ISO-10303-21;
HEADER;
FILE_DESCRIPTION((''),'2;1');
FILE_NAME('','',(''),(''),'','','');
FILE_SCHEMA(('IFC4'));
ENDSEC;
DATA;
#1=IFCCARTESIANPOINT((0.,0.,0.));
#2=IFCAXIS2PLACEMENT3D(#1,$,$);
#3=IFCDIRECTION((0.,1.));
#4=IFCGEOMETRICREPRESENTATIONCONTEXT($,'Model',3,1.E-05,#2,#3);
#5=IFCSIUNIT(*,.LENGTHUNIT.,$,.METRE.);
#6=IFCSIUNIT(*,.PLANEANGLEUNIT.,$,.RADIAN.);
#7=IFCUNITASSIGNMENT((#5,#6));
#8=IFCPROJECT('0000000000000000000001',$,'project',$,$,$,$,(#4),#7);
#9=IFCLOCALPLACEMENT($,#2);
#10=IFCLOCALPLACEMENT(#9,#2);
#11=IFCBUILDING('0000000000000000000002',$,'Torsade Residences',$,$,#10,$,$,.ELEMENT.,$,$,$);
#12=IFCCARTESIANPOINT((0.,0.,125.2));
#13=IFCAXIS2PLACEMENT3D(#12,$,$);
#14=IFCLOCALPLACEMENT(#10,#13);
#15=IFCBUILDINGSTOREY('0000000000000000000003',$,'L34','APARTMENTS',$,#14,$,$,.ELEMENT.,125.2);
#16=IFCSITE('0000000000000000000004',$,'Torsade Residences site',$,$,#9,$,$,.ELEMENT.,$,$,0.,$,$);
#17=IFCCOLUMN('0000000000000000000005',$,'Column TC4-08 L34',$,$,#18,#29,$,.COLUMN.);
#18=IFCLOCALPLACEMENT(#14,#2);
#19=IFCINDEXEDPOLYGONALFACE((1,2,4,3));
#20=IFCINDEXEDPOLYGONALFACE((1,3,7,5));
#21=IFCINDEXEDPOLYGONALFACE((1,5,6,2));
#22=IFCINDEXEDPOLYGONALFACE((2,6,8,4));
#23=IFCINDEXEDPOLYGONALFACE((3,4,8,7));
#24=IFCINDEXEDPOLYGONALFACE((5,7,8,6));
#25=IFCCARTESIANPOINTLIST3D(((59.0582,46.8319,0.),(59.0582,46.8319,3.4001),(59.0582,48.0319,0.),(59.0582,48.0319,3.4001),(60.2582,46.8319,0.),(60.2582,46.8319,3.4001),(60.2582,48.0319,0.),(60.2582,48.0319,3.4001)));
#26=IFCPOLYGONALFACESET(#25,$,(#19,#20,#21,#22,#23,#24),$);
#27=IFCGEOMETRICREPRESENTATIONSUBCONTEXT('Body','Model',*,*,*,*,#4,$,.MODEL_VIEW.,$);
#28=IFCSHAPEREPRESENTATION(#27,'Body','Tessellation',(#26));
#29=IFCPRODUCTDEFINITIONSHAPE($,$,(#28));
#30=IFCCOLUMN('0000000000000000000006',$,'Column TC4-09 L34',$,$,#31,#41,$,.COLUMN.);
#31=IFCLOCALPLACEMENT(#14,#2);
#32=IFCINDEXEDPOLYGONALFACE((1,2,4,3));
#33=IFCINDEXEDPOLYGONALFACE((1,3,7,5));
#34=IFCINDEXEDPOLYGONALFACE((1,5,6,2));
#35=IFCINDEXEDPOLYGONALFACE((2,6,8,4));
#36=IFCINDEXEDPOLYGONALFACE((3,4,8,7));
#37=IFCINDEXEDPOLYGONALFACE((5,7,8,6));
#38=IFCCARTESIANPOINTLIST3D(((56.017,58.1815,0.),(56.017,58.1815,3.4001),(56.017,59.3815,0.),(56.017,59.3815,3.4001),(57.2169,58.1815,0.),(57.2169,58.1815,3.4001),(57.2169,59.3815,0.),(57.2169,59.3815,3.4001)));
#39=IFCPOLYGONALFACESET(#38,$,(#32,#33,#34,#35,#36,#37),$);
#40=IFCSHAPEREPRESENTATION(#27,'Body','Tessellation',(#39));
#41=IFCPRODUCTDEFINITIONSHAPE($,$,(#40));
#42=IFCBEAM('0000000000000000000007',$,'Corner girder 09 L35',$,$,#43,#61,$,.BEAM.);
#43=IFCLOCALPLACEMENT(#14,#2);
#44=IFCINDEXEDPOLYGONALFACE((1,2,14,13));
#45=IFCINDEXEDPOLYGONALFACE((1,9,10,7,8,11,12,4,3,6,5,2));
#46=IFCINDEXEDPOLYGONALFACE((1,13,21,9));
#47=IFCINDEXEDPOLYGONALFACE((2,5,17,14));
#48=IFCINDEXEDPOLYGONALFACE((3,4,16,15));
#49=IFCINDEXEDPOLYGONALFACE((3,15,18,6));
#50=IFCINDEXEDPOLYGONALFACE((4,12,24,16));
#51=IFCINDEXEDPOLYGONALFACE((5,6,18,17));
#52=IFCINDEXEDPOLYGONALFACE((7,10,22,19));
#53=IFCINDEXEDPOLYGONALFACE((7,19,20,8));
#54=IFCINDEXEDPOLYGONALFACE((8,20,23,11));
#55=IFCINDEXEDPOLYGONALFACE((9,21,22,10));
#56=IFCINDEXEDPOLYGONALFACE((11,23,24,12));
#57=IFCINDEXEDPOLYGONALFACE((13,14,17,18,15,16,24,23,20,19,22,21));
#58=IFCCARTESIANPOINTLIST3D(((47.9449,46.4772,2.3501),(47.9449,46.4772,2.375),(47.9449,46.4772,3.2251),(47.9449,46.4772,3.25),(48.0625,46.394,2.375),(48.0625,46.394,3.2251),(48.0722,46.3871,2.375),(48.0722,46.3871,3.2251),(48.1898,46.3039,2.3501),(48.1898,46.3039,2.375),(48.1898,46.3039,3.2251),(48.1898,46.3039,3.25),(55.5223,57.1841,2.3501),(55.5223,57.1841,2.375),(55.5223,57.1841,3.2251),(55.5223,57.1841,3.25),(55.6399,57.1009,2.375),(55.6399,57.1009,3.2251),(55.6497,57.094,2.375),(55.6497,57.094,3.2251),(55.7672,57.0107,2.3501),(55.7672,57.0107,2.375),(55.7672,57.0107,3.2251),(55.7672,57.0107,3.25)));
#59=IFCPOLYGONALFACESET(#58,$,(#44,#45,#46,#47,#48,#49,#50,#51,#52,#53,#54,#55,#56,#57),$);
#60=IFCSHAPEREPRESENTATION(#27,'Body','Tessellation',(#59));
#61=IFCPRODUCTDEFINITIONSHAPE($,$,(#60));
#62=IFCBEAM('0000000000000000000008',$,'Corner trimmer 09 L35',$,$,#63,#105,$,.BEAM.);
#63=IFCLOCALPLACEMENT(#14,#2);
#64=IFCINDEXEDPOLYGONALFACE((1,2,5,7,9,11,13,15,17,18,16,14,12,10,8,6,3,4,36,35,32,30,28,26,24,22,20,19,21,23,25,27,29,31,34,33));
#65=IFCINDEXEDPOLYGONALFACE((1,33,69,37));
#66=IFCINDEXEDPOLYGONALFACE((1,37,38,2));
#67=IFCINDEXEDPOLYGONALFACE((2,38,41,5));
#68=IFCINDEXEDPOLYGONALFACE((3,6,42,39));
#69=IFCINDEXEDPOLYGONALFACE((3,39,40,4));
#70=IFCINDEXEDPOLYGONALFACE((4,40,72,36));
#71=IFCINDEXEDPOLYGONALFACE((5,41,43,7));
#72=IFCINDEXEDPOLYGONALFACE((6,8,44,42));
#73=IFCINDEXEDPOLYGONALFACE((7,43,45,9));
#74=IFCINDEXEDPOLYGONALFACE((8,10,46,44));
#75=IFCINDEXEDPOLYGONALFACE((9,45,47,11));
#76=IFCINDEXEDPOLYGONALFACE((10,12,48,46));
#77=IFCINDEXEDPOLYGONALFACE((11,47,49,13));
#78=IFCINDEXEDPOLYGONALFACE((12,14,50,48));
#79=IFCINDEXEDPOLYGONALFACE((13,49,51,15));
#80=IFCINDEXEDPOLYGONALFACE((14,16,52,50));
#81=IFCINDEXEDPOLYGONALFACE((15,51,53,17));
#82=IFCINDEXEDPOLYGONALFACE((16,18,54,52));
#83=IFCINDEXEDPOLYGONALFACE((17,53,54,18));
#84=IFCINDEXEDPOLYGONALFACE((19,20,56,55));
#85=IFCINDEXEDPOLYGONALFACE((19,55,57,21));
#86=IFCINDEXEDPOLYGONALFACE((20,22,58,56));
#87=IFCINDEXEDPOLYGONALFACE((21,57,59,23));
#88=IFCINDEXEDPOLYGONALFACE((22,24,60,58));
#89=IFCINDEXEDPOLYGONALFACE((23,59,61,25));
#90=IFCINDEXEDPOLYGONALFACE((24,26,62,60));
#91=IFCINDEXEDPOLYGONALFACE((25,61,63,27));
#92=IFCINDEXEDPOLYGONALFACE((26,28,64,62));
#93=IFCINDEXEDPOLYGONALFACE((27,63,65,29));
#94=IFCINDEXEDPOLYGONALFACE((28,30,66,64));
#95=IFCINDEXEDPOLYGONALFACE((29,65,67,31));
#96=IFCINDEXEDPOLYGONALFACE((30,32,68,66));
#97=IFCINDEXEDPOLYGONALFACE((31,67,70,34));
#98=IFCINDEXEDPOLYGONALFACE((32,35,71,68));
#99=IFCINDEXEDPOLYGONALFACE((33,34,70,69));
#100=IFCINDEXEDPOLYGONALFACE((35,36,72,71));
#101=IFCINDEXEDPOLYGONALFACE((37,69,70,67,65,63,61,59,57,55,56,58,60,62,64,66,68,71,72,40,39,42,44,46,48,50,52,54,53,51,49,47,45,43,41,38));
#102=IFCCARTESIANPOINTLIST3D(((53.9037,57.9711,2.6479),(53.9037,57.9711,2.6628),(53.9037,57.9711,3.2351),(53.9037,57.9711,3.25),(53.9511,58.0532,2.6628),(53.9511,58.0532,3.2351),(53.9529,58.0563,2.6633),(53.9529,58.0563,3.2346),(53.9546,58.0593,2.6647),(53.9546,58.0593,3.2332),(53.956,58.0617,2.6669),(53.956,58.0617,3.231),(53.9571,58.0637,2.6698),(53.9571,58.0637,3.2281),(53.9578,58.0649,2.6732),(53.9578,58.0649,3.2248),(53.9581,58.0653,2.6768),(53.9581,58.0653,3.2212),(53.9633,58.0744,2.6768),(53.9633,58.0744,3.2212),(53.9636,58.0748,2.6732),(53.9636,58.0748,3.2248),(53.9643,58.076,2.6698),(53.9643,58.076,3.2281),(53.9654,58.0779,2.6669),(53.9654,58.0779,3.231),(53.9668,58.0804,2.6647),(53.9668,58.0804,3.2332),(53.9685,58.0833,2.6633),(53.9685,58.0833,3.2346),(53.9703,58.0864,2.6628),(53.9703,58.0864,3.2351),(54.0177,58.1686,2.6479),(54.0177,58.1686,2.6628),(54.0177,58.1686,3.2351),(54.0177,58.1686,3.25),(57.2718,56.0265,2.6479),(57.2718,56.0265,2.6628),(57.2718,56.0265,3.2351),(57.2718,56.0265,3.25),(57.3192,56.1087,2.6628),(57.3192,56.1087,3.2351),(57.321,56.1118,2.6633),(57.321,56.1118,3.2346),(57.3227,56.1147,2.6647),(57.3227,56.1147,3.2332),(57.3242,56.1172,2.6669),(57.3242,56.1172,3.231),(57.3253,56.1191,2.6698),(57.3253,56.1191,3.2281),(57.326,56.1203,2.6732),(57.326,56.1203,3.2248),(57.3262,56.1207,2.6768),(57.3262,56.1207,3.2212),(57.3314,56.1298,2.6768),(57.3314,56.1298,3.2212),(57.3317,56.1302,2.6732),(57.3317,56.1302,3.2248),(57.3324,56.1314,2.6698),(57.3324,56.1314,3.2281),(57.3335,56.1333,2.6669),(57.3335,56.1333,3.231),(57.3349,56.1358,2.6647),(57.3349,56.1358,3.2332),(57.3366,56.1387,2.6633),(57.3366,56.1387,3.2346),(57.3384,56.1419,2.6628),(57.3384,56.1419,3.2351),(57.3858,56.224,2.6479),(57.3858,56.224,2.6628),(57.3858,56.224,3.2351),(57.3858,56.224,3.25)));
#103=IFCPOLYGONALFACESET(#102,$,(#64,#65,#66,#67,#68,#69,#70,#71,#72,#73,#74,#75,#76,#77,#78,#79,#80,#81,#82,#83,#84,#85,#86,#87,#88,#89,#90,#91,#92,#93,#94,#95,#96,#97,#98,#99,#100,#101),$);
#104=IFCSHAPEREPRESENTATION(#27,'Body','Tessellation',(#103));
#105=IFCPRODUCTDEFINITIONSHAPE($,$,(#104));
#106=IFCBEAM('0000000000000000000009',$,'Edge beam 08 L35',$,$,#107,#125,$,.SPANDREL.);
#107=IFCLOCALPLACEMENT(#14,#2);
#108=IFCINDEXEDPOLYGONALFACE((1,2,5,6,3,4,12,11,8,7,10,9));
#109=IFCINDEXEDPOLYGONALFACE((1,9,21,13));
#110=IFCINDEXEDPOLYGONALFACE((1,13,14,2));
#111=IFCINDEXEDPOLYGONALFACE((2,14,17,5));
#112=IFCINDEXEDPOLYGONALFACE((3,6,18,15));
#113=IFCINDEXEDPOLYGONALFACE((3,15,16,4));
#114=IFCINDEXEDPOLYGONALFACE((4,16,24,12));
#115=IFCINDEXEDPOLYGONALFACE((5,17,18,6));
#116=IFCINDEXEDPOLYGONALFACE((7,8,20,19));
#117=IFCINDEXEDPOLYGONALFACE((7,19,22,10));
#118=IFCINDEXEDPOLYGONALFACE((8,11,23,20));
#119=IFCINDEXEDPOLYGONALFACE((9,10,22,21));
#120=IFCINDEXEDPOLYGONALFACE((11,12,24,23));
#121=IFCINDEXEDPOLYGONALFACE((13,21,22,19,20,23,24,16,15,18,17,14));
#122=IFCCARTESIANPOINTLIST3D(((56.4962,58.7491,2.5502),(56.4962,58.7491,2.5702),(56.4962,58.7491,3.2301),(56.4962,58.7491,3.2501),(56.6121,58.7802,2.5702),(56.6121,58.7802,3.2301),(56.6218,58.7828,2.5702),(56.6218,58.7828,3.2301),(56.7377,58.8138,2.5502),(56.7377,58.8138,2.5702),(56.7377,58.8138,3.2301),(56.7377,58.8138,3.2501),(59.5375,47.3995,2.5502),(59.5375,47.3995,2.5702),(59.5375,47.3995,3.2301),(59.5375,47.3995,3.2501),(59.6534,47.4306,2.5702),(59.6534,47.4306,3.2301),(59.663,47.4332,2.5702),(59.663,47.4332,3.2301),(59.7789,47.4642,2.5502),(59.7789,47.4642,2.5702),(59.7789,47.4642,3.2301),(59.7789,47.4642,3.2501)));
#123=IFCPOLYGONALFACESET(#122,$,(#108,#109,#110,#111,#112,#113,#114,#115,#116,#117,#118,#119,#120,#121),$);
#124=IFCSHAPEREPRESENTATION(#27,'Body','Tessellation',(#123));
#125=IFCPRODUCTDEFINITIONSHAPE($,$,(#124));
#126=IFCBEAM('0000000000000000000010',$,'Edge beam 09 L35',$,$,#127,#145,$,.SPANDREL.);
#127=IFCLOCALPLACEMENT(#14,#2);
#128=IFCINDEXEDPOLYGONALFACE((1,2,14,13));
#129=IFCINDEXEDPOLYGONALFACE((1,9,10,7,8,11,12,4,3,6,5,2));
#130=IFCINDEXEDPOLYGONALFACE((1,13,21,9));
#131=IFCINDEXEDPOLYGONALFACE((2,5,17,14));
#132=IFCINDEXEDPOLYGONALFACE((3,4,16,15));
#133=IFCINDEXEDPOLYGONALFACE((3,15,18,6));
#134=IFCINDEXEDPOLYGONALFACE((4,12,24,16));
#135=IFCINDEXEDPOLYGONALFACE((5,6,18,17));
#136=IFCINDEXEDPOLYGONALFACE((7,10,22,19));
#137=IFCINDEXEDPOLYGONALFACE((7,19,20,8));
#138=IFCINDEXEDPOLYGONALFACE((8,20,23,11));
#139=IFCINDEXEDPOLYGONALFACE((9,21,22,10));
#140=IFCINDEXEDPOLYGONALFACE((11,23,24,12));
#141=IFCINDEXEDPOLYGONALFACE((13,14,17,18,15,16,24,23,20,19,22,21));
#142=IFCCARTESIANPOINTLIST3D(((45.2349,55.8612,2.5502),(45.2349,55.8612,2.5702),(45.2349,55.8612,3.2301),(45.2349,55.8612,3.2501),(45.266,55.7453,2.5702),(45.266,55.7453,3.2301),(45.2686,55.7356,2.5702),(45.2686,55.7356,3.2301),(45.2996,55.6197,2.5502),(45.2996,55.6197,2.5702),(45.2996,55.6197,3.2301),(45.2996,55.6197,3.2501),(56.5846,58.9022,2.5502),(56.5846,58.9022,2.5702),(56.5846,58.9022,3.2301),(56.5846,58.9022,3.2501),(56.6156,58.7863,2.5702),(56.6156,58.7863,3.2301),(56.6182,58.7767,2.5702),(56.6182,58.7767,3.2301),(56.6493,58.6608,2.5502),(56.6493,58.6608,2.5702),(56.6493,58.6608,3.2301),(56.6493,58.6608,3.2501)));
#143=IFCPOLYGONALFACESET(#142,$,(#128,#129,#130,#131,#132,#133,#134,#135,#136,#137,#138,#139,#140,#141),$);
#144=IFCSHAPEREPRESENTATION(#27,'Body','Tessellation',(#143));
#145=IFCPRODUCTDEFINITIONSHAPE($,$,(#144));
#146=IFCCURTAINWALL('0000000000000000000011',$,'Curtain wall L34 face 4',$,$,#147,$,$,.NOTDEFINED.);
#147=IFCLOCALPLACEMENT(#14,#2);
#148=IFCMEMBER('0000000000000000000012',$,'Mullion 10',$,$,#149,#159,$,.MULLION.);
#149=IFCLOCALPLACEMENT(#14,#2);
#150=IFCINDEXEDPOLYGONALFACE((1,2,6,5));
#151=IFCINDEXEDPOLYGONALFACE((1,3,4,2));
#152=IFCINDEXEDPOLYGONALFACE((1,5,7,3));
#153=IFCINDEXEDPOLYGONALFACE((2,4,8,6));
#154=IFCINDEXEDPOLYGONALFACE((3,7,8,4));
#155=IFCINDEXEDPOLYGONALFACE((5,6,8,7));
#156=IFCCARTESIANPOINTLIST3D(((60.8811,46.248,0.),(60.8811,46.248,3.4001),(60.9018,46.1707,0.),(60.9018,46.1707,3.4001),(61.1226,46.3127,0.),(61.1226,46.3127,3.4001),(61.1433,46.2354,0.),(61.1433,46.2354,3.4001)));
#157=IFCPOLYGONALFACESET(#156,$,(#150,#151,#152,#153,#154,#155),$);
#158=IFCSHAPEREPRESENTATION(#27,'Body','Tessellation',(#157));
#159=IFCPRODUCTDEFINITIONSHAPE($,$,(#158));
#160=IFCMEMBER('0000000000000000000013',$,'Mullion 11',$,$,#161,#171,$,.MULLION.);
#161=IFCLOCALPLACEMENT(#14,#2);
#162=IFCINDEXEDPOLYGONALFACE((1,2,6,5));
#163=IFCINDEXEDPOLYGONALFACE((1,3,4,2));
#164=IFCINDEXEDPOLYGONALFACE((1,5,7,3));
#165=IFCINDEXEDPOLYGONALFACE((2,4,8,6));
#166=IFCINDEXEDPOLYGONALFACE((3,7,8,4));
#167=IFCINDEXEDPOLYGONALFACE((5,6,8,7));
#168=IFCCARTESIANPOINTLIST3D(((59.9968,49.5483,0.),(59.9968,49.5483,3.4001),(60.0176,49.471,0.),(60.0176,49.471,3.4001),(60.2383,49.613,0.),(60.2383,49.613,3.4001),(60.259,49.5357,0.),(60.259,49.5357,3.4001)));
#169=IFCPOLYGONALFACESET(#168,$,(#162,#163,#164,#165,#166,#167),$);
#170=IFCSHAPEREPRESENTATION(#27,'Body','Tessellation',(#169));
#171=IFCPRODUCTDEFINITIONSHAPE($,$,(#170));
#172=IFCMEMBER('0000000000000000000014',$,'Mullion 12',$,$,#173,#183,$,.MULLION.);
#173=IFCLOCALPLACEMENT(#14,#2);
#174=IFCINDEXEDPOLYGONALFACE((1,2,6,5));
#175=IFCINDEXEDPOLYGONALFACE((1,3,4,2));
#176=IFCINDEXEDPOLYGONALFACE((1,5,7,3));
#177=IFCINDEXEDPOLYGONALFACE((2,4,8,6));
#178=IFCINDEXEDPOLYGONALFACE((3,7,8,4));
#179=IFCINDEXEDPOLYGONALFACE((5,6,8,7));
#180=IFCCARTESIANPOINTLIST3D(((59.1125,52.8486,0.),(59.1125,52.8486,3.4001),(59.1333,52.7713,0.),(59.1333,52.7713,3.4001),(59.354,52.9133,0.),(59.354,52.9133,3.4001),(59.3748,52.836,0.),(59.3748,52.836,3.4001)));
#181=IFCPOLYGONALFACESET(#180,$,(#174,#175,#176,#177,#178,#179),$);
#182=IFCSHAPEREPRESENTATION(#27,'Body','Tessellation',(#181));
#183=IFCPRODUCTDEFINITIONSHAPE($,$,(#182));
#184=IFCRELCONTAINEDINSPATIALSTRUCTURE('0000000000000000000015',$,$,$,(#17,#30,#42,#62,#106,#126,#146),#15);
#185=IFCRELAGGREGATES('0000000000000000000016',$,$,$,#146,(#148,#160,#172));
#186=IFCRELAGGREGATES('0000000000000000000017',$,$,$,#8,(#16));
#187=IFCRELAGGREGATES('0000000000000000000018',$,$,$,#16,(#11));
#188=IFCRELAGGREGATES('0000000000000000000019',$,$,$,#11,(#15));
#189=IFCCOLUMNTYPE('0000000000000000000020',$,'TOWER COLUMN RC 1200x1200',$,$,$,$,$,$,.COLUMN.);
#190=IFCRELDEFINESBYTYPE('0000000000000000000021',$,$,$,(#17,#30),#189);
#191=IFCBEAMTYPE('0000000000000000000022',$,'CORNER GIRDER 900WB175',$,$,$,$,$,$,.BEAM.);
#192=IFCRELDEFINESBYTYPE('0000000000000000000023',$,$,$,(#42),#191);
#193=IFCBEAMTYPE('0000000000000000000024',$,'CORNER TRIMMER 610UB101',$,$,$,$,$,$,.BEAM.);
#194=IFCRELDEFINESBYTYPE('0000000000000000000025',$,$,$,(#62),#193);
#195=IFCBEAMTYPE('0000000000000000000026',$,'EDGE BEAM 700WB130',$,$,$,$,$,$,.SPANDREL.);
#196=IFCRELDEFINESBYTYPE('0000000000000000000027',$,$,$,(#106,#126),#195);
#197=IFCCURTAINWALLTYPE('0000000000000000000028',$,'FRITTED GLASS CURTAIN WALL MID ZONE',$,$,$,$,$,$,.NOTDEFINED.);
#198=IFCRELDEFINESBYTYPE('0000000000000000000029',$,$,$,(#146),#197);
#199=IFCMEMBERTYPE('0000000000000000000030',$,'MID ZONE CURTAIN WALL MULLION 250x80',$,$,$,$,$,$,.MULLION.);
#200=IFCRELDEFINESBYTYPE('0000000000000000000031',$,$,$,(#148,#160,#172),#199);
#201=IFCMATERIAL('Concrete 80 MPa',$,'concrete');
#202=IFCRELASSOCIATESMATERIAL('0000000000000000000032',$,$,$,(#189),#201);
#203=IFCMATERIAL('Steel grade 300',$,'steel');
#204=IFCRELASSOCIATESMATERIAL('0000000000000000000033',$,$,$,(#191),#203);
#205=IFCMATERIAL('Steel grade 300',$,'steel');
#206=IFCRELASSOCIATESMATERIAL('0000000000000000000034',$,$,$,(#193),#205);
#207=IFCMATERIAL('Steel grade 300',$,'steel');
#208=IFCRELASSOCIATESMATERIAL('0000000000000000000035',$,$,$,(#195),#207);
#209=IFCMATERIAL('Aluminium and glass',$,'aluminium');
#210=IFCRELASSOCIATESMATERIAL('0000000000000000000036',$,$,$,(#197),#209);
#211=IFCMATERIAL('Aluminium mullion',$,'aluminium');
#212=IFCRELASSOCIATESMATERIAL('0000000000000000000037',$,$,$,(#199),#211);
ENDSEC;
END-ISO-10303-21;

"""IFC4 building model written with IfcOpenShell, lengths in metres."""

from ifc_helpers import new_model, si_unit, direction, frame, origin, origin_2d, place, context, subcontext, project, spatial, rectangle, i_section, extrude, material, material_profile, profile_set, type_object, element, aggregate, save


model = new_model("IFC4")

# Units and contexts
model_context = context("Model", 3, precision=1e-05, world=origin(), true_north=direction((0.0, 1.0)))
body_context = subcontext(model_context, "Body", "Model", "MODEL_VIEW")
ifc_project = project(units=[si_unit("LENGTHUNIT", "METRE"), si_unit("PLANEANGLEUNIT", "RADIAN")], contexts=[model_context])

# Site, building, storey
site_placement = place(None, origin())
site = spatial("IfcSite", under=ifc_project, at=site_placement, Name="Torsade Residences site", CompositionType="ELEMENT", RefElevation=0.0)
building_placement = place(site_placement, origin())
building = spatial("IfcBuilding", under=site, at=building_placement, Name="Torsade Residences", CompositionType="ELEMENT")
storey_placement = place(building_placement, frame((0.0, 0.0, 125.2)))
storey = spatial("IfcBuildingStorey", under=building, at=storey_placement, Name="L34", Description="APARTMENTS", CompositionType="ELEMENT", Elevation=125.2)

# Columns
ifc_material_1 = material(Name="Concrete 80 MPa", Category="concrete")
ifc_material_profile_1 = material_profile(ifc_material_1, rectangle(XDim=1.2, YDim=1.2, at=origin_2d()), Name="RC 1200x1200")
ifc_profile_set_1 = profile_set([ifc_material_profile_1], Name="Concrete 80 MPa")
column_type = type_object("IfcColumnType", Name="TOWER COLUMN RC 1200x1200", PredefinedType="COLUMN", material=ifc_profile_set_1)
for number, where, z_axis, x_axis, name in (
    (1, (59.6582, 47.4319, 0.0), (0.0, 0.0, 1.0), (1.0, 0.0, 0.0), "Column TC4-08 L34"),
    (2, (56.6169, 58.7815, 0.0), (0.0, 0.0, 1.0), (1.0, 0.0, 0.0), "Column TC4-09 L34"),
):
    element("IfcColumn", number, at=place(storey_placement, frame(where, z_axis=z_axis, x_axis=x_axis)), inside=storey, type_object=column_type, Name=name, PredefinedType="COLUMN", context=body_context, shape_type="SweptSolid", body=[
        extrude(rectangle(XDim=1.2, YDim=1.2, at=origin_2d()), origin(), (0.0, 0.0, 1.0), 3.4001),
    ])

# Beams
ifc_material_2 = material(Name="Steel grade 300", Category="steel")
ifc_material_profile_2 = material_profile(ifc_material_2, i_section(OverallWidth=0.3, OverallDepth=0.8999, WebThickness=0.012, FlangeThickness=0.0249, at=origin_2d()), Name="900WB175")
ifc_profile_set_2 = profile_set([ifc_material_profile_2], Name="Steel grade 300")
beam_type_1 = type_object("IfcBeamType", Name="CORNER GIRDER 900WB175", PredefinedType="BEAM", material=ifc_profile_set_2)
beam_1_placement = place(storey_placement, frame((55.6448, 57.0974, 2.8), z_axis=(-0.577683, -0.816261, 0.0), x_axis=(0.816261, -0.577683, 0.0)))
element("IfcBeam", 3, at=beam_1_placement, inside=storey, type_object=beam_type_1, Name="Corner girder 09 L35", PredefinedType="BEAM", context=body_context, shape_type="SweptSolid", body=[
    extrude(i_section(OverallWidth=0.3, OverallDepth=0.8999, WebThickness=0.012, FlangeThickness=0.0249, at=origin_2d()), origin(), (0.0, 0.0, 1.0), 13.1169),
])
ifc_material_3 = material(Name="Steel grade 300", Category="steel")
ifc_material_profile_3 = material_profile(ifc_material_3, i_section(OverallWidth=0.228, OverallDepth=0.6021, WebThickness=0.0105, FlangeThickness=0.0149, FilletRadius=0.0139, at=origin_2d()), Name="610UB101")
ifc_profile_set_3 = profile_set([ifc_material_profile_3], Name="Steel grade 300")
beam_type_2 = type_object("IfcBeamType", Name="CORNER TRIMMER 610UB101", PredefinedType="BEAM", material=ifc_profile_set_3)
beam_2_placement = place(storey_placement, frame((53.9607, 58.0698, 2.949), z_axis=(0.866029, -0.499994, 0.0), x_axis=(0.499994, 0.866029, 0.0)))
element("IfcBeam", 4, at=beam_2_placement, inside=storey, type_object=beam_type_2, Name="Corner trimmer 09 L35", PredefinedType="BEAM", context=body_context, shape_type="SweptSolid", body=[
    extrude(i_section(OverallWidth=0.228, OverallDepth=0.6021, WebThickness=0.0105, FlangeThickness=0.0149, FilletRadius=0.0139, at=origin_2d()), origin(), (0.0, 0.0, 1.0), 3.8892),
])
ifc_material_4 = material(Name="Steel grade 300", Category="steel")
ifc_material_profile_4 = material_profile(ifc_material_4, i_section(OverallWidth=0.25, OverallDepth=0.7, WebThickness=0.01, FlangeThickness=0.02, at=origin_2d()), Name="700WB130")
ifc_profile_set_4 = profile_set([ifc_material_profile_4], Name="Steel grade 300")
beam_type_3 = type_object("IfcBeamType", Name="EDGE BEAM 700WB130", PredefinedType="SPANDREL", material=ifc_profile_set_4)
for number, where, z_axis, x_axis, name in (
    (5, (59.6582, 47.4319, 2.9001), (-0.25883, 0.965923, 0.0), (-0.965923, -0.25883, 0.0), "Edge beam 08 L35"),
    (6, (56.6169, 58.7815, 2.9001), (-0.965928, -0.258811, 0.0), (0.258811, -0.965928, 0.0), "Edge beam 09 L35"),
):
    element("IfcBeam", number, at=place(storey_placement, frame(where, z_axis=z_axis, x_axis=x_axis)), inside=storey, type_object=beam_type_3, Name=name, PredefinedType="SPANDREL", context=body_context, shape_type="SweptSolid", body=[
        extrude(i_section(OverallWidth=0.25, OverallDepth=0.7, WebThickness=0.01, FlangeThickness=0.02, at=origin_2d()), origin(), (0.0, 0.0, 1.0), 11.75),
    ])

# Curtain wall, members
ifc_material_5 = material(Name="Aluminium and glass", Category="aluminium")
curtain_wall_type = type_object("IfcCurtainWallType", Name="FRITTED GLASS CURTAIN WALL MID ZONE", PredefinedType="NOTDEFINED", material=ifc_material_5)
curtain_wall_1_placement = place(storey_placement, origin())
curtain_wall_1 = element("IfcCurtainWall", 7, at=curtain_wall_1_placement, inside=storey, type_object=curtain_wall_type, Name="Curtain wall L34 face 4", PredefinedType="NOTDEFINED")
ifc_material_6 = material(Name="Aluminium mullion", Category="aluminium")
ifc_material_profile_5 = material_profile(ifc_material_6, rectangle(XDim=0.25, YDim=0.0801, at=origin_2d()), Name="MID ZONE CURTAIN WALL MULLION 250x80")
ifc_profile_set_5 = profile_set([ifc_material_profile_5], Name="Aluminium mullion")
member_type_1 = type_object("IfcMemberType", Name="MID ZONE CURTAIN WALL MULLION 250x80", PredefinedType="MULLION", material=ifc_profile_set_5)
member_1_placement = place(storey_placement, frame((61.0122, 46.2417, 0.0), z_axis=(0.0, 0.0, 1.0), x_axis=(-0.965926, -0.258819, 0.0)))
member_1 = element("IfcMember", 8, at=member_1_placement, type_object=member_type_1, Name="Mullion 10", PredefinedType="MULLION", context=body_context, shape_type="SweptSolid", body=[
    extrude(rectangle(XDim=0.25, YDim=0.0801, at=origin_2d()), origin(), (0.0, 0.0, 1.0), 3.4001),
])
member_2_placement = place(storey_placement, frame((60.1279, 49.542, 0.0), z_axis=(0.0, 0.0, 1.0), x_axis=(-0.965926, -0.258819, 0.0)))
member_2 = element("IfcMember", 9, at=member_2_placement, type_object=member_type_1, Name="Mullion 11", PredefinedType="MULLION", context=body_context, shape_type="SweptSolid", body=[
    extrude(rectangle(XDim=0.25, YDim=0.0801, at=origin_2d()), origin(), (0.0, 0.0, 1.0), 3.4001),
])
member_3_placement = place(storey_placement, frame((59.2437, 52.8423, 0.0), z_axis=(0.0, 0.0, 1.0), x_axis=(-0.965926, -0.258819, 0.0)))
member_3 = element("IfcMember", 10, at=member_3_placement, type_object=member_type_1, Name="Mullion 12", PredefinedType="MULLION", context=body_context, shape_type="SweptSolid", body=[
    extrude(rectangle(XDim=0.25, YDim=0.0801, at=origin_2d()), origin(), (0.0, 0.0, 1.0), 3.4001),
])

aggregate(curtain_wall_1, [member_1, member_2, member_3])

save(model, "model.ifc")
